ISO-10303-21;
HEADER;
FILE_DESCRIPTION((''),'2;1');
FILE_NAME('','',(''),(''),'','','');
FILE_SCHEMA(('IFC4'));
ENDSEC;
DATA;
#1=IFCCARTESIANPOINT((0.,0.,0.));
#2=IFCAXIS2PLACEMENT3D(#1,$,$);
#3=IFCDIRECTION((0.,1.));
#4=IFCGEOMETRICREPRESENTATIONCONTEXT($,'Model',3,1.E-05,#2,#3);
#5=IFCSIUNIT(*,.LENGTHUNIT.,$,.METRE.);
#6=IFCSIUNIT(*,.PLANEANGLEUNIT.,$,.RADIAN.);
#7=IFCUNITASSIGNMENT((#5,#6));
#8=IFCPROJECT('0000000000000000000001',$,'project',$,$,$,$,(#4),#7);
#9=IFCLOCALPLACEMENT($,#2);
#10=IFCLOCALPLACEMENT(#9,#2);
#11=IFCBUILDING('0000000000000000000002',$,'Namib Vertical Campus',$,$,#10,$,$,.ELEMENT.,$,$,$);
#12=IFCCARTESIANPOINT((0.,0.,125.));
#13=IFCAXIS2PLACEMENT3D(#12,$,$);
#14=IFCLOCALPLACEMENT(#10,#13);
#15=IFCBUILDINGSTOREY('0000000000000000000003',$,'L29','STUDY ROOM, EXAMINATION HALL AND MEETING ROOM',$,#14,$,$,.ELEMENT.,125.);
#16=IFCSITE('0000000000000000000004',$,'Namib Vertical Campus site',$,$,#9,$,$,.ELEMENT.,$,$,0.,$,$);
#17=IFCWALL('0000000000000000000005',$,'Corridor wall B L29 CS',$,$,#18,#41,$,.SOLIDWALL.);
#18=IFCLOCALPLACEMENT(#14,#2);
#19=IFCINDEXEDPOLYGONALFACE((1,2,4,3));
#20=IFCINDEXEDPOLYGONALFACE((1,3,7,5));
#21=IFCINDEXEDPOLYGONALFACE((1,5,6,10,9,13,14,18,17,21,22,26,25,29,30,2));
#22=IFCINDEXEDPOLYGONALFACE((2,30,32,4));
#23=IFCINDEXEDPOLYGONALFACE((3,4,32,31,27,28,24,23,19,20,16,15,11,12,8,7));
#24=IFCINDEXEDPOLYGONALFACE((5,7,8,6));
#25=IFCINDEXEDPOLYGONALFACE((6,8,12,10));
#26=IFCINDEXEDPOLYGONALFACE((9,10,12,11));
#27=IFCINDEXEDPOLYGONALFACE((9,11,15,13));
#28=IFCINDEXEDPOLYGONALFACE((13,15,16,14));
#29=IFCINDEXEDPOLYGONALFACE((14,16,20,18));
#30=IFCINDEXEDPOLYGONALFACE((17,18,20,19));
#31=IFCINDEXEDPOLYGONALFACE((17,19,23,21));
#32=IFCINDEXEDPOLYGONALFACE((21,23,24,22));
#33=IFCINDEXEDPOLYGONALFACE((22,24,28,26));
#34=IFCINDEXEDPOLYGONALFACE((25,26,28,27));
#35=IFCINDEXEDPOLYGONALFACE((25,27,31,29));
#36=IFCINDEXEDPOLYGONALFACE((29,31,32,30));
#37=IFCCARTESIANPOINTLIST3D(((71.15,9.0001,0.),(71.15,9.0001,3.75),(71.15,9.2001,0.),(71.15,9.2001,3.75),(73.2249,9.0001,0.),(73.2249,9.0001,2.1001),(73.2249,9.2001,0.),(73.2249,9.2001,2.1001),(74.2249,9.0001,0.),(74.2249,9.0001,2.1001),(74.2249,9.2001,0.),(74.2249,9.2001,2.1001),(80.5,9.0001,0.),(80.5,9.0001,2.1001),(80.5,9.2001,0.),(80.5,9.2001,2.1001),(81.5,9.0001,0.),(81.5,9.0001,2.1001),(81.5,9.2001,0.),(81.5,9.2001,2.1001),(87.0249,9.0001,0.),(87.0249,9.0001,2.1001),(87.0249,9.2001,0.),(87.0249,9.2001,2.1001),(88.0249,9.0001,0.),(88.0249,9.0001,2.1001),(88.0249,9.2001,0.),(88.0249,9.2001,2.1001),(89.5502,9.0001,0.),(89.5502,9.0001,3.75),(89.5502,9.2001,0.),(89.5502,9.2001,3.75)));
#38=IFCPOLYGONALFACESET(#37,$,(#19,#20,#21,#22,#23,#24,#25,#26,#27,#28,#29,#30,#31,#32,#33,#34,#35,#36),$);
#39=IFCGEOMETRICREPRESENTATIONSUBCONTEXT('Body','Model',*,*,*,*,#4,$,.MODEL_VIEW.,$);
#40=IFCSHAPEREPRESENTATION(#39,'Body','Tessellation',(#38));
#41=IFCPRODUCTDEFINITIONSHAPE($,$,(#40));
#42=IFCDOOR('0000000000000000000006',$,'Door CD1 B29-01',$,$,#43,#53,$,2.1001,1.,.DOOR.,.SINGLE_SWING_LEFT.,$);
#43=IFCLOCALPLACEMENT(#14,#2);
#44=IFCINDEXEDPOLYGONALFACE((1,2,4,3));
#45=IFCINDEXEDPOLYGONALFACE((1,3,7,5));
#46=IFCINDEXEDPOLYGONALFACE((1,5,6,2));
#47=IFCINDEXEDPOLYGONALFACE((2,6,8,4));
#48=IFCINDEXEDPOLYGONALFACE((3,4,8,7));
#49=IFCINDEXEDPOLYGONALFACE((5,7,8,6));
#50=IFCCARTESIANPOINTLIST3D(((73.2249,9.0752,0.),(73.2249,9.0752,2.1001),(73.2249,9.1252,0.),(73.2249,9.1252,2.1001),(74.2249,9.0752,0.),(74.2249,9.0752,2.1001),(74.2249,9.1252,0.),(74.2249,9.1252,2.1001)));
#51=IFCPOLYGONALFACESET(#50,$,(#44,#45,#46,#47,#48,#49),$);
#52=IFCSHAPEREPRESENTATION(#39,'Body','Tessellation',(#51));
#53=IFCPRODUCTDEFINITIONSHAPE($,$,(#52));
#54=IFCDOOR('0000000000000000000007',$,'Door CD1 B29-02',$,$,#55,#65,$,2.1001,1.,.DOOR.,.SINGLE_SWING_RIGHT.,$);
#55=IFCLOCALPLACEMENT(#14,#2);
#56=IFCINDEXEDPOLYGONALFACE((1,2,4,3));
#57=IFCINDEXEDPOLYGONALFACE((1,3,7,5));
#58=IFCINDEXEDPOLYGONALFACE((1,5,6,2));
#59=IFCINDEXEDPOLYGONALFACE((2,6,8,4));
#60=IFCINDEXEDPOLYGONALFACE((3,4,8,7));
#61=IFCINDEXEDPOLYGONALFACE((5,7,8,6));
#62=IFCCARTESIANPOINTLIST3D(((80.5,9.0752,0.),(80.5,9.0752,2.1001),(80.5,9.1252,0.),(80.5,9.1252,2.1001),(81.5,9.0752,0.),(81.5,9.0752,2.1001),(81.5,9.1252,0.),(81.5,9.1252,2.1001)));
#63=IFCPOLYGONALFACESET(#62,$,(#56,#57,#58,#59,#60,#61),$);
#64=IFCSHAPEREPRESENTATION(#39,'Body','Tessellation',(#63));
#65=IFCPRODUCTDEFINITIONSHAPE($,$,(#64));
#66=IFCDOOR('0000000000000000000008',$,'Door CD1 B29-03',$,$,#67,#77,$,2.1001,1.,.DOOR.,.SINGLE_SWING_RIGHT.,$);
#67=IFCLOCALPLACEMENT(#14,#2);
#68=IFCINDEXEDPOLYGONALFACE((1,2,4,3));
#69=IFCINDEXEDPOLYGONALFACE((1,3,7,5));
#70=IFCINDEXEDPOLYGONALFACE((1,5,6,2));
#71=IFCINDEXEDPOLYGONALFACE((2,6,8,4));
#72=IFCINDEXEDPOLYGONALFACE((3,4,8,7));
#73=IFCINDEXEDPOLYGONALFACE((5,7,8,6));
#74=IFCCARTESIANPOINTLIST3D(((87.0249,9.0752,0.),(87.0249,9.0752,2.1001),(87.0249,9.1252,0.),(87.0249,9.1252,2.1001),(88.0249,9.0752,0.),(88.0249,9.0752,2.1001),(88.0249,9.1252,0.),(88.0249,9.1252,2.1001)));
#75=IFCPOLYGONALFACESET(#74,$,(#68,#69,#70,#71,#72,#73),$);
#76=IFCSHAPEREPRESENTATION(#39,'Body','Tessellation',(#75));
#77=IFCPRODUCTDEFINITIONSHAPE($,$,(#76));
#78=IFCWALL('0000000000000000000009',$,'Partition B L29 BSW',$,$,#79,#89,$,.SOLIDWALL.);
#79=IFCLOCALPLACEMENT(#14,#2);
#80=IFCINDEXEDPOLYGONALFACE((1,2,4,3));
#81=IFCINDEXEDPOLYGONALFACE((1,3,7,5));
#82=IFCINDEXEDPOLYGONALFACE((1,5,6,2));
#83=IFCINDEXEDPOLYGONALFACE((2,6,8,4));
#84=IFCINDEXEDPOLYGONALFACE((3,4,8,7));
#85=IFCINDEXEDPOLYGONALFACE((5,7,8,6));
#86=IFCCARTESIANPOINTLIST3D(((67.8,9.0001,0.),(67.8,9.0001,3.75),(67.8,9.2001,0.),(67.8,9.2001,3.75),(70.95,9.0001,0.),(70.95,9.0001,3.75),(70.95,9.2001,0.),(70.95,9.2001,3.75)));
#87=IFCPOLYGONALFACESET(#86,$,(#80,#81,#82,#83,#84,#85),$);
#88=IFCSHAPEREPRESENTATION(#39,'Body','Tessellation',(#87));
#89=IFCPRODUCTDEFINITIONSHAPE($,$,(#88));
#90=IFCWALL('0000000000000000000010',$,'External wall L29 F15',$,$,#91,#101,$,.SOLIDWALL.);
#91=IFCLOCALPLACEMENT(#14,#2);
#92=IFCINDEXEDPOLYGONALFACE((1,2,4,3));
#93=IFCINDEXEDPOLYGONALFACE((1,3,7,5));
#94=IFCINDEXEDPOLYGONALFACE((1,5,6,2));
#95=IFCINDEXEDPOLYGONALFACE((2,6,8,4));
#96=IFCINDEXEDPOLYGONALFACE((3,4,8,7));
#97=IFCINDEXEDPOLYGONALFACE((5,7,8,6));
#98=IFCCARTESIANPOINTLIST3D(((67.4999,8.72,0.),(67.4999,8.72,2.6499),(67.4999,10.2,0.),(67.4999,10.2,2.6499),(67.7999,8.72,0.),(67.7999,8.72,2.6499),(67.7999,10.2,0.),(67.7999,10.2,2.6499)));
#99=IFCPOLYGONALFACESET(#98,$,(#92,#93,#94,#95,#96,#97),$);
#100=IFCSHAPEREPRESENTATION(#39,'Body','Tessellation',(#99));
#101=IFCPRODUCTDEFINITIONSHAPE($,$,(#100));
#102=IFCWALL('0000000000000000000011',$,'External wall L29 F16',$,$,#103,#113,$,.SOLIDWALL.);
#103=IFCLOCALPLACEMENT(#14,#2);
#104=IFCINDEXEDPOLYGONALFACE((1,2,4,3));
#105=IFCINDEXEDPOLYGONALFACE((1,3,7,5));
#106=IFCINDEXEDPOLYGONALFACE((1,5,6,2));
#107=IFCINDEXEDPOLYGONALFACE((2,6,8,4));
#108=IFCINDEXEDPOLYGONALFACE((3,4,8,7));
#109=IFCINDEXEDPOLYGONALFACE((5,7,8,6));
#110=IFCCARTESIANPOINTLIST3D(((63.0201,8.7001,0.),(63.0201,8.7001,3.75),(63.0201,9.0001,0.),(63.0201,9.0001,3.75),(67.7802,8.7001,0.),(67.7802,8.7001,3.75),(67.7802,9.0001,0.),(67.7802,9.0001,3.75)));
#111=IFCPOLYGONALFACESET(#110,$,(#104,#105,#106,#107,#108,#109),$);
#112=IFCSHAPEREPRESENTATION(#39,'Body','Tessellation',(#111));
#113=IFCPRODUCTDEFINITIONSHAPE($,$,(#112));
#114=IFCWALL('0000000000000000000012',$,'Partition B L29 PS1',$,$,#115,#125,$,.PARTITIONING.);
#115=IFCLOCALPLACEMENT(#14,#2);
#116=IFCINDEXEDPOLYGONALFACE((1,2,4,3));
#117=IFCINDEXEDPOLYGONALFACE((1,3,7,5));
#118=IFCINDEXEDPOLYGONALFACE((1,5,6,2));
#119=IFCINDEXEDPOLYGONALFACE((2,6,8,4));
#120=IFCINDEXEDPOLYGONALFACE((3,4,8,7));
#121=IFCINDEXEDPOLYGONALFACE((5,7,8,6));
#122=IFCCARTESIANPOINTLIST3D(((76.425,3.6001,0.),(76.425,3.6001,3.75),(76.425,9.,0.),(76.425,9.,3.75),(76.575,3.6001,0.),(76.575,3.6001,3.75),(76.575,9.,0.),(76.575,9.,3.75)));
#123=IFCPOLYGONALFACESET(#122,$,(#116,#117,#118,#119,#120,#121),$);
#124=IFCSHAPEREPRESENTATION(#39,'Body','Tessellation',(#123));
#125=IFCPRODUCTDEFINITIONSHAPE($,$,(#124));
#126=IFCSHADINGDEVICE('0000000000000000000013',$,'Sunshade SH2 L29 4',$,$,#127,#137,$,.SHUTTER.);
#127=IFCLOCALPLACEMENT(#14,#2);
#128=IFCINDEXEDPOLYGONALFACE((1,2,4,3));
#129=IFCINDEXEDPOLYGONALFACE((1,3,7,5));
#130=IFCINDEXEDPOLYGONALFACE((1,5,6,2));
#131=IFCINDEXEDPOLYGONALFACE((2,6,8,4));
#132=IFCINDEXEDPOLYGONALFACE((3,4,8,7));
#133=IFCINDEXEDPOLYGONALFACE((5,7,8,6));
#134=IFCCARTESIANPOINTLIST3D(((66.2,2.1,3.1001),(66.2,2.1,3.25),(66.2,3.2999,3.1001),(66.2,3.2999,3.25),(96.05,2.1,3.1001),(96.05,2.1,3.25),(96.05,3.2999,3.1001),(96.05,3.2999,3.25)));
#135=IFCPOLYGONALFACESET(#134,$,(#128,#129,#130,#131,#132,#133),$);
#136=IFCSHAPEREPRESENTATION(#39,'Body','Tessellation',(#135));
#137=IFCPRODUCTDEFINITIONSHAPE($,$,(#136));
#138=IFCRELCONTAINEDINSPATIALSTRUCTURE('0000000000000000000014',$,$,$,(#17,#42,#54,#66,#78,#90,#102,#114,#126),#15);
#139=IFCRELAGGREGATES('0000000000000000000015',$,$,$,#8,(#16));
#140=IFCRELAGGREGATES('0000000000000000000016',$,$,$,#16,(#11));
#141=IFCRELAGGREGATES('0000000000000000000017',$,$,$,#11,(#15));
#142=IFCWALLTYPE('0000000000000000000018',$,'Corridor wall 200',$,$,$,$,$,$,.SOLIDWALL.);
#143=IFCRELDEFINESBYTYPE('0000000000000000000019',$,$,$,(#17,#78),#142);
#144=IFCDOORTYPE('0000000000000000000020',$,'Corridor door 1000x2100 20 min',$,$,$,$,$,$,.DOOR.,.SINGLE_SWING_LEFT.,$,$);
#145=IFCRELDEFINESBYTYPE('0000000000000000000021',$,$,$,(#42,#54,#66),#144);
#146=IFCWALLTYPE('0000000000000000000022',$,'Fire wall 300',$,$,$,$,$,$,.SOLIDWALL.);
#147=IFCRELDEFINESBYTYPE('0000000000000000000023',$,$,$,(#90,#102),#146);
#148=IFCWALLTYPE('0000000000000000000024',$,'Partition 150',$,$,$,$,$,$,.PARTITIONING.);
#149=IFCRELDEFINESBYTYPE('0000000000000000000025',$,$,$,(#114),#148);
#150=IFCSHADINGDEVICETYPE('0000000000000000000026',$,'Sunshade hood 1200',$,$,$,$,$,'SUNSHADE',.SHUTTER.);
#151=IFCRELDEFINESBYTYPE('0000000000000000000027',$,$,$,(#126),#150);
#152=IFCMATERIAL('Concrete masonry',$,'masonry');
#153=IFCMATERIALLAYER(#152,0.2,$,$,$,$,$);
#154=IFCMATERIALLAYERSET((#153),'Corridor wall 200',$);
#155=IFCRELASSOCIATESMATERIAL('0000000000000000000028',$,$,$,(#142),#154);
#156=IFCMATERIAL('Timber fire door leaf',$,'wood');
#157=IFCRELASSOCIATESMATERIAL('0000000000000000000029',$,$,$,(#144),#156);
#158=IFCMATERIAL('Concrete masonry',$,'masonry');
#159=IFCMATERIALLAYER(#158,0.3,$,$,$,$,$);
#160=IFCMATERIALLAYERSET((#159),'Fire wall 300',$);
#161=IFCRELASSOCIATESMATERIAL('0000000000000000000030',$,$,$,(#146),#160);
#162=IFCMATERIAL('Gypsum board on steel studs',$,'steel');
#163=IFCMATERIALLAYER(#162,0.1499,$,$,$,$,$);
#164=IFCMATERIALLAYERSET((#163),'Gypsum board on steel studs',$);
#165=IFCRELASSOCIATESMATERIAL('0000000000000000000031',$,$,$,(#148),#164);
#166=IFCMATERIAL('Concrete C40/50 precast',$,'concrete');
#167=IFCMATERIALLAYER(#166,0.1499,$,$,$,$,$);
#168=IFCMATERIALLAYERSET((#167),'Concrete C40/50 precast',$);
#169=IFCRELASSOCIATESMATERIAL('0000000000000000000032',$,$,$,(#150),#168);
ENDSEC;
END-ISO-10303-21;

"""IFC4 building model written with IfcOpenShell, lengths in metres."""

from ifc_helpers import new_model, si_unit, direction, frame, frame_2d, origin, origin_2d, place, context, subcontext, project, spatial, rectangle, extrude, material, layer, layer_set, type_object, element, fill, save


model = new_model("IFC4")

# Units and contexts
model_context = context("Model", 3, precision=1e-05, world=origin(), true_north=direction((0.0, 1.0)))
body_context = subcontext(model_context, "Body", "Model", "MODEL_VIEW")
ifc_project = project(units=[si_unit("LENGTHUNIT", "METRE"), si_unit("PLANEANGLEUNIT", "RADIAN")], contexts=[model_context])

# Site, building, storey
site_placement = place(None, origin())
site = spatial("IfcSite", under=ifc_project, at=site_placement, Name="Namib Vertical Campus site", CompositionType="ELEMENT", RefElevation=0.0)
building_placement = place(site_placement, origin())
building = spatial("IfcBuilding", under=site, at=building_placement, Name="Namib Vertical Campus", CompositionType="ELEMENT")
storey_placement = place(building_placement, frame((0.0, 0.0, 125.0)))
storey = spatial("IfcBuildingStorey", under=building, at=storey_placement, Name="L29", Description="STUDY ROOM, EXAMINATION HALL AND MEETING ROOM", CompositionType="ELEMENT", Elevation=125.0)

# Wall, openings, doors
ifc_material_1 = material(Name="Concrete masonry", Category="masonry")
ifc_layer_1 = layer(ifc_material_1, 0.2)
ifc_layer_set_1 = layer_set([ifc_layer_1], Name="Corridor wall 200")
wall_type_1 = type_object("IfcWallType", Name="Corridor wall 200", PredefinedType="SOLIDWALL", material=ifc_layer_set_1)
wall_1_placement = place(storey_placement, frame((71.1499, 9.1001, 0.0), z_axis=(0.0, 0.0, 1.0), x_axis=(1.0, 0.0, 0.0)))
wall_1 = element("IfcWall", 1, at=wall_1_placement, inside=storey, type_object=wall_type_1, Name="Corridor wall B L29 CS", PredefinedType="SOLIDWALL", context=body_context, shape_type="SweptSolid", body=[
    extrude(rectangle(XDim=18.4001, YDim=0.2, at=frame_2d((9.2002, 0.0))), origin(), (0.0, 0.0, 1.0), 3.75),
])
opening_1_placement = place(wall_1_placement, frame((2.075, 0.0, 0.0)))
opening_1 = element("IfcOpeningElement", 2, at=opening_1_placement, cuts=wall_1, PredefinedType="OPENING", context=body_context, shape_type="SweptSolid", body=[
    extrude(rectangle(XDim=1.0, YDim=2.1001, at=frame_2d((0.5, 1.05))), frame((0.0, 0.1099, 0.0), z_axis=(0.0, -1.0, 0.0), x_axis=(1.0, 0.0, 0.0)), (0.0, 0.0, 1.0), 0.22),
])
opening_2_placement = place(wall_1_placement, frame((9.3501, 0.0, 0.0)))
opening_2 = element("IfcOpeningElement", 3, at=opening_2_placement, cuts=wall_1, PredefinedType="OPENING", context=body_context, shape_type="SweptSolid", body=[
    extrude(rectangle(XDim=1.0, YDim=2.1001, at=frame_2d((0.5, 1.05))), frame((0.0, 0.1099, 0.0), z_axis=(0.0, -1.0, 0.0), x_axis=(1.0, 0.0, 0.0)), (0.0, 0.0, 1.0), 0.22),
])
opening_3_placement = place(wall_1_placement, frame((15.875, 0.0, 0.0)))
opening_3 = element("IfcOpeningElement", 4, at=opening_3_placement, cuts=wall_1, PredefinedType="OPENING", context=body_context, shape_type="SweptSolid", body=[
    extrude(rectangle(XDim=1.0, YDim=2.1001, at=frame_2d((0.5, 1.05))), frame((0.0, 0.1099, 0.0), z_axis=(0.0, -1.0, 0.0), x_axis=(1.0, 0.0, 0.0)), (0.0, 0.0, 1.0), 0.22),
])
ifc_material_2 = material(Name="Timber fire door leaf", Category="wood")
door_type_1 = type_object("IfcDoorType", Name="Corridor door 1000x2100 20 min", OperationType="SINGLE_SWING_LEFT", PredefinedType="DOOR", material=ifc_material_2)
door_1_placement = place(opening_1_placement, frame((1.0, 0.0, 0.0), z_axis=(0.0, 0.0, 1.0), x_axis=(-1.0, 0.0, 0.0)))
door_1 = element("IfcDoor", 5, at=door_1_placement, inside=storey, type_object=door_type_1, Name="Door CD1 B29-01", OperationType="SINGLE_SWING_LEFT", OverallHeight=2.1001, OverallWidth=1.0, PredefinedType="DOOR", context=body_context, shape_type="SweptSolid", body=[
    extrude(rectangle(XDim=1.0, YDim=2.1001, at=frame_2d((0.5, 1.05))), frame((0.0, 0.0249, 0.0), z_axis=(0.0, -1.0, 0.0), x_axis=(1.0, 0.0, 0.0)), (0.0, 0.0, 1.0), 0.05),
])
fill(opening_1, door_1)
door_2_placement = place(opening_2_placement, frame((1.0, 0.0, 0.0), z_axis=(0.0, 0.0, 1.0), x_axis=(-1.0, 0.0, 0.0)))
door_2 = element("IfcDoor", 6, at=door_2_placement, inside=storey, type_object=door_type_1, Name="Door CD1 B29-02", OperationType="SINGLE_SWING_RIGHT", OverallHeight=2.1001, OverallWidth=1.0, PredefinedType="DOOR", context=body_context, shape_type="SweptSolid", body=[
    extrude(rectangle(XDim=1.0, YDim=2.1001, at=frame_2d((0.5, 1.05))), frame((0.0, 0.0249, 0.0), z_axis=(0.0, -1.0, 0.0), x_axis=(1.0, 0.0, 0.0)), (0.0, 0.0, 1.0), 0.05),
])
fill(opening_2, door_2)
door_3_placement = place(opening_3_placement, frame((1.0, 0.0, 0.0), z_axis=(0.0, 0.0, 1.0), x_axis=(-1.0, 0.0, 0.0)))
door_3 = element("IfcDoor", 7, at=door_3_placement, inside=storey, type_object=door_type_1, Name="Door CD1 B29-03", OperationType="SINGLE_SWING_RIGHT", OverallHeight=2.1001, OverallWidth=1.0, PredefinedType="DOOR", context=body_context, shape_type="SweptSolid", body=[
    extrude(rectangle(XDim=1.0, YDim=2.1001, at=frame_2d((0.5, 1.05))), frame((0.0, 0.0249, 0.0), z_axis=(0.0, -1.0, 0.0), x_axis=(1.0, 0.0, 0.0)), (0.0, 0.0, 1.0), 0.05),
])
fill(opening_3, door_3)

# Walls
wall_2_placement = place(storey_placement, frame((67.8, 9.1001, 0.0), z_axis=(0.0, 0.0, 1.0), x_axis=(1.0, 0.0, 0.0)))
element("IfcWall", 8, at=wall_2_placement, inside=storey, type_object=wall_type_1, Name="Partition B L29 BSW", PredefinedType="SOLIDWALL", context=body_context, shape_type="SweptSolid", body=[
    extrude(rectangle(XDim=3.1499, YDim=0.2, at=frame_2d((1.575, 0.0))), origin(), (0.0, 0.0, 1.0), 3.75),
])
ifc_material_3 = material(Name="Concrete masonry", Category="masonry")
ifc_layer_2 = layer(ifc_material_3, 0.3)
ifc_layer_set_2 = layer_set([ifc_layer_2], Name="Fire wall 300")
wall_type_2 = type_object("IfcWallType", Name="Fire wall 300", PredefinedType="SOLIDWALL", material=ifc_layer_set_2)
wall_3_placement = place(storey_placement, frame((67.6499, 10.2, 0.0), z_axis=(0.0, 0.0, 1.0), x_axis=(0.0, -1.0, 0.0)))
element("IfcWall", 9, at=wall_3_placement, inside=storey, type_object=wall_type_2, Name="External wall L29 F15", PredefinedType="SOLIDWALL", context=body_context, shape_type="SweptSolid", body=[
    extrude(rectangle(XDim=1.48, YDim=0.3, at=frame_2d((0.74, 0.0))), origin(), (0.0, 0.0, 1.0), 2.6499),
])
wall_4_placement = place(storey_placement, frame((67.78, 8.8501, 0.0), z_axis=(0.0, 0.0, 1.0), x_axis=(-1.0, 0.0, 0.0)))
element("IfcWall", 10, at=wall_4_placement, inside=storey, type_object=wall_type_2, Name="External wall L29 F16", PredefinedType="SOLIDWALL", context=body_context, shape_type="SweptSolid", body=[
    extrude(rectangle(XDim=4.76, YDim=0.3, at=frame_2d((2.3799, 0.0))), origin(), (0.0, 0.0, 1.0), 3.75),
])
ifc_material_4 = material(Name="Gypsum board on steel studs", Category="steel")
ifc_layer_3 = layer(ifc_material_4, 0.1499)
ifc_layer_set_3 = layer_set([ifc_layer_3], Name="Gypsum board on steel studs")
wall_type_3 = type_object("IfcWallType", Name="Partition 150", PredefinedType="PARTITIONING", material=ifc_layer_set_3)
wall_5_placement = place(storey_placement, frame((76.5, 3.6001, 0.0), z_axis=(0.0, 0.0, 1.0), x_axis=(0.0, 1.0, 0.0)))
element("IfcWall", 11, at=wall_5_placement, inside=storey, type_object=wall_type_3, Name="Partition B L29 PS1", PredefinedType="PARTITIONING", context=body_context, shape_type="SweptSolid", body=[
    extrude(rectangle(XDim=5.3999, YDim=0.1499, at=frame_2d((2.7, 0.0))), origin(), (0.0, 0.0, 1.0), 3.75),
])

# Shading device
ifc_material_5 = material(Name="Concrete C40/50 precast", Category="concrete")
ifc_layer_4 = layer(ifc_material_5, 0.1499)
ifc_layer_set_4 = layer_set([ifc_layer_4], Name="Concrete C40/50 precast")
shading_device_type = type_object("IfcShadingDeviceType", Name="Sunshade hood 1200", ElementType="SUNSHADE", PredefinedType="SHUTTER", material=ifc_layer_set_4)
shading_device_placement = place(storey_placement, frame((81.125, 2.7, 3.1001), z_axis=(0.0, 0.0, 1.0), x_axis=(1.0, 0.0, 0.0)))
element("IfcShadingDevice", 12, at=shading_device_placement, inside=storey, type_object=shading_device_type, Name="Sunshade SH2 L29 4", PredefinedType="SHUTTER", context=body_context, shape_type="SweptSolid", body=[
    extrude(rectangle(XDim=29.8501, YDim=1.2, at=origin_2d()), origin(), (0.0, 0.0, 1.0), 0.1499),
])

save(model, "model.ifc")
